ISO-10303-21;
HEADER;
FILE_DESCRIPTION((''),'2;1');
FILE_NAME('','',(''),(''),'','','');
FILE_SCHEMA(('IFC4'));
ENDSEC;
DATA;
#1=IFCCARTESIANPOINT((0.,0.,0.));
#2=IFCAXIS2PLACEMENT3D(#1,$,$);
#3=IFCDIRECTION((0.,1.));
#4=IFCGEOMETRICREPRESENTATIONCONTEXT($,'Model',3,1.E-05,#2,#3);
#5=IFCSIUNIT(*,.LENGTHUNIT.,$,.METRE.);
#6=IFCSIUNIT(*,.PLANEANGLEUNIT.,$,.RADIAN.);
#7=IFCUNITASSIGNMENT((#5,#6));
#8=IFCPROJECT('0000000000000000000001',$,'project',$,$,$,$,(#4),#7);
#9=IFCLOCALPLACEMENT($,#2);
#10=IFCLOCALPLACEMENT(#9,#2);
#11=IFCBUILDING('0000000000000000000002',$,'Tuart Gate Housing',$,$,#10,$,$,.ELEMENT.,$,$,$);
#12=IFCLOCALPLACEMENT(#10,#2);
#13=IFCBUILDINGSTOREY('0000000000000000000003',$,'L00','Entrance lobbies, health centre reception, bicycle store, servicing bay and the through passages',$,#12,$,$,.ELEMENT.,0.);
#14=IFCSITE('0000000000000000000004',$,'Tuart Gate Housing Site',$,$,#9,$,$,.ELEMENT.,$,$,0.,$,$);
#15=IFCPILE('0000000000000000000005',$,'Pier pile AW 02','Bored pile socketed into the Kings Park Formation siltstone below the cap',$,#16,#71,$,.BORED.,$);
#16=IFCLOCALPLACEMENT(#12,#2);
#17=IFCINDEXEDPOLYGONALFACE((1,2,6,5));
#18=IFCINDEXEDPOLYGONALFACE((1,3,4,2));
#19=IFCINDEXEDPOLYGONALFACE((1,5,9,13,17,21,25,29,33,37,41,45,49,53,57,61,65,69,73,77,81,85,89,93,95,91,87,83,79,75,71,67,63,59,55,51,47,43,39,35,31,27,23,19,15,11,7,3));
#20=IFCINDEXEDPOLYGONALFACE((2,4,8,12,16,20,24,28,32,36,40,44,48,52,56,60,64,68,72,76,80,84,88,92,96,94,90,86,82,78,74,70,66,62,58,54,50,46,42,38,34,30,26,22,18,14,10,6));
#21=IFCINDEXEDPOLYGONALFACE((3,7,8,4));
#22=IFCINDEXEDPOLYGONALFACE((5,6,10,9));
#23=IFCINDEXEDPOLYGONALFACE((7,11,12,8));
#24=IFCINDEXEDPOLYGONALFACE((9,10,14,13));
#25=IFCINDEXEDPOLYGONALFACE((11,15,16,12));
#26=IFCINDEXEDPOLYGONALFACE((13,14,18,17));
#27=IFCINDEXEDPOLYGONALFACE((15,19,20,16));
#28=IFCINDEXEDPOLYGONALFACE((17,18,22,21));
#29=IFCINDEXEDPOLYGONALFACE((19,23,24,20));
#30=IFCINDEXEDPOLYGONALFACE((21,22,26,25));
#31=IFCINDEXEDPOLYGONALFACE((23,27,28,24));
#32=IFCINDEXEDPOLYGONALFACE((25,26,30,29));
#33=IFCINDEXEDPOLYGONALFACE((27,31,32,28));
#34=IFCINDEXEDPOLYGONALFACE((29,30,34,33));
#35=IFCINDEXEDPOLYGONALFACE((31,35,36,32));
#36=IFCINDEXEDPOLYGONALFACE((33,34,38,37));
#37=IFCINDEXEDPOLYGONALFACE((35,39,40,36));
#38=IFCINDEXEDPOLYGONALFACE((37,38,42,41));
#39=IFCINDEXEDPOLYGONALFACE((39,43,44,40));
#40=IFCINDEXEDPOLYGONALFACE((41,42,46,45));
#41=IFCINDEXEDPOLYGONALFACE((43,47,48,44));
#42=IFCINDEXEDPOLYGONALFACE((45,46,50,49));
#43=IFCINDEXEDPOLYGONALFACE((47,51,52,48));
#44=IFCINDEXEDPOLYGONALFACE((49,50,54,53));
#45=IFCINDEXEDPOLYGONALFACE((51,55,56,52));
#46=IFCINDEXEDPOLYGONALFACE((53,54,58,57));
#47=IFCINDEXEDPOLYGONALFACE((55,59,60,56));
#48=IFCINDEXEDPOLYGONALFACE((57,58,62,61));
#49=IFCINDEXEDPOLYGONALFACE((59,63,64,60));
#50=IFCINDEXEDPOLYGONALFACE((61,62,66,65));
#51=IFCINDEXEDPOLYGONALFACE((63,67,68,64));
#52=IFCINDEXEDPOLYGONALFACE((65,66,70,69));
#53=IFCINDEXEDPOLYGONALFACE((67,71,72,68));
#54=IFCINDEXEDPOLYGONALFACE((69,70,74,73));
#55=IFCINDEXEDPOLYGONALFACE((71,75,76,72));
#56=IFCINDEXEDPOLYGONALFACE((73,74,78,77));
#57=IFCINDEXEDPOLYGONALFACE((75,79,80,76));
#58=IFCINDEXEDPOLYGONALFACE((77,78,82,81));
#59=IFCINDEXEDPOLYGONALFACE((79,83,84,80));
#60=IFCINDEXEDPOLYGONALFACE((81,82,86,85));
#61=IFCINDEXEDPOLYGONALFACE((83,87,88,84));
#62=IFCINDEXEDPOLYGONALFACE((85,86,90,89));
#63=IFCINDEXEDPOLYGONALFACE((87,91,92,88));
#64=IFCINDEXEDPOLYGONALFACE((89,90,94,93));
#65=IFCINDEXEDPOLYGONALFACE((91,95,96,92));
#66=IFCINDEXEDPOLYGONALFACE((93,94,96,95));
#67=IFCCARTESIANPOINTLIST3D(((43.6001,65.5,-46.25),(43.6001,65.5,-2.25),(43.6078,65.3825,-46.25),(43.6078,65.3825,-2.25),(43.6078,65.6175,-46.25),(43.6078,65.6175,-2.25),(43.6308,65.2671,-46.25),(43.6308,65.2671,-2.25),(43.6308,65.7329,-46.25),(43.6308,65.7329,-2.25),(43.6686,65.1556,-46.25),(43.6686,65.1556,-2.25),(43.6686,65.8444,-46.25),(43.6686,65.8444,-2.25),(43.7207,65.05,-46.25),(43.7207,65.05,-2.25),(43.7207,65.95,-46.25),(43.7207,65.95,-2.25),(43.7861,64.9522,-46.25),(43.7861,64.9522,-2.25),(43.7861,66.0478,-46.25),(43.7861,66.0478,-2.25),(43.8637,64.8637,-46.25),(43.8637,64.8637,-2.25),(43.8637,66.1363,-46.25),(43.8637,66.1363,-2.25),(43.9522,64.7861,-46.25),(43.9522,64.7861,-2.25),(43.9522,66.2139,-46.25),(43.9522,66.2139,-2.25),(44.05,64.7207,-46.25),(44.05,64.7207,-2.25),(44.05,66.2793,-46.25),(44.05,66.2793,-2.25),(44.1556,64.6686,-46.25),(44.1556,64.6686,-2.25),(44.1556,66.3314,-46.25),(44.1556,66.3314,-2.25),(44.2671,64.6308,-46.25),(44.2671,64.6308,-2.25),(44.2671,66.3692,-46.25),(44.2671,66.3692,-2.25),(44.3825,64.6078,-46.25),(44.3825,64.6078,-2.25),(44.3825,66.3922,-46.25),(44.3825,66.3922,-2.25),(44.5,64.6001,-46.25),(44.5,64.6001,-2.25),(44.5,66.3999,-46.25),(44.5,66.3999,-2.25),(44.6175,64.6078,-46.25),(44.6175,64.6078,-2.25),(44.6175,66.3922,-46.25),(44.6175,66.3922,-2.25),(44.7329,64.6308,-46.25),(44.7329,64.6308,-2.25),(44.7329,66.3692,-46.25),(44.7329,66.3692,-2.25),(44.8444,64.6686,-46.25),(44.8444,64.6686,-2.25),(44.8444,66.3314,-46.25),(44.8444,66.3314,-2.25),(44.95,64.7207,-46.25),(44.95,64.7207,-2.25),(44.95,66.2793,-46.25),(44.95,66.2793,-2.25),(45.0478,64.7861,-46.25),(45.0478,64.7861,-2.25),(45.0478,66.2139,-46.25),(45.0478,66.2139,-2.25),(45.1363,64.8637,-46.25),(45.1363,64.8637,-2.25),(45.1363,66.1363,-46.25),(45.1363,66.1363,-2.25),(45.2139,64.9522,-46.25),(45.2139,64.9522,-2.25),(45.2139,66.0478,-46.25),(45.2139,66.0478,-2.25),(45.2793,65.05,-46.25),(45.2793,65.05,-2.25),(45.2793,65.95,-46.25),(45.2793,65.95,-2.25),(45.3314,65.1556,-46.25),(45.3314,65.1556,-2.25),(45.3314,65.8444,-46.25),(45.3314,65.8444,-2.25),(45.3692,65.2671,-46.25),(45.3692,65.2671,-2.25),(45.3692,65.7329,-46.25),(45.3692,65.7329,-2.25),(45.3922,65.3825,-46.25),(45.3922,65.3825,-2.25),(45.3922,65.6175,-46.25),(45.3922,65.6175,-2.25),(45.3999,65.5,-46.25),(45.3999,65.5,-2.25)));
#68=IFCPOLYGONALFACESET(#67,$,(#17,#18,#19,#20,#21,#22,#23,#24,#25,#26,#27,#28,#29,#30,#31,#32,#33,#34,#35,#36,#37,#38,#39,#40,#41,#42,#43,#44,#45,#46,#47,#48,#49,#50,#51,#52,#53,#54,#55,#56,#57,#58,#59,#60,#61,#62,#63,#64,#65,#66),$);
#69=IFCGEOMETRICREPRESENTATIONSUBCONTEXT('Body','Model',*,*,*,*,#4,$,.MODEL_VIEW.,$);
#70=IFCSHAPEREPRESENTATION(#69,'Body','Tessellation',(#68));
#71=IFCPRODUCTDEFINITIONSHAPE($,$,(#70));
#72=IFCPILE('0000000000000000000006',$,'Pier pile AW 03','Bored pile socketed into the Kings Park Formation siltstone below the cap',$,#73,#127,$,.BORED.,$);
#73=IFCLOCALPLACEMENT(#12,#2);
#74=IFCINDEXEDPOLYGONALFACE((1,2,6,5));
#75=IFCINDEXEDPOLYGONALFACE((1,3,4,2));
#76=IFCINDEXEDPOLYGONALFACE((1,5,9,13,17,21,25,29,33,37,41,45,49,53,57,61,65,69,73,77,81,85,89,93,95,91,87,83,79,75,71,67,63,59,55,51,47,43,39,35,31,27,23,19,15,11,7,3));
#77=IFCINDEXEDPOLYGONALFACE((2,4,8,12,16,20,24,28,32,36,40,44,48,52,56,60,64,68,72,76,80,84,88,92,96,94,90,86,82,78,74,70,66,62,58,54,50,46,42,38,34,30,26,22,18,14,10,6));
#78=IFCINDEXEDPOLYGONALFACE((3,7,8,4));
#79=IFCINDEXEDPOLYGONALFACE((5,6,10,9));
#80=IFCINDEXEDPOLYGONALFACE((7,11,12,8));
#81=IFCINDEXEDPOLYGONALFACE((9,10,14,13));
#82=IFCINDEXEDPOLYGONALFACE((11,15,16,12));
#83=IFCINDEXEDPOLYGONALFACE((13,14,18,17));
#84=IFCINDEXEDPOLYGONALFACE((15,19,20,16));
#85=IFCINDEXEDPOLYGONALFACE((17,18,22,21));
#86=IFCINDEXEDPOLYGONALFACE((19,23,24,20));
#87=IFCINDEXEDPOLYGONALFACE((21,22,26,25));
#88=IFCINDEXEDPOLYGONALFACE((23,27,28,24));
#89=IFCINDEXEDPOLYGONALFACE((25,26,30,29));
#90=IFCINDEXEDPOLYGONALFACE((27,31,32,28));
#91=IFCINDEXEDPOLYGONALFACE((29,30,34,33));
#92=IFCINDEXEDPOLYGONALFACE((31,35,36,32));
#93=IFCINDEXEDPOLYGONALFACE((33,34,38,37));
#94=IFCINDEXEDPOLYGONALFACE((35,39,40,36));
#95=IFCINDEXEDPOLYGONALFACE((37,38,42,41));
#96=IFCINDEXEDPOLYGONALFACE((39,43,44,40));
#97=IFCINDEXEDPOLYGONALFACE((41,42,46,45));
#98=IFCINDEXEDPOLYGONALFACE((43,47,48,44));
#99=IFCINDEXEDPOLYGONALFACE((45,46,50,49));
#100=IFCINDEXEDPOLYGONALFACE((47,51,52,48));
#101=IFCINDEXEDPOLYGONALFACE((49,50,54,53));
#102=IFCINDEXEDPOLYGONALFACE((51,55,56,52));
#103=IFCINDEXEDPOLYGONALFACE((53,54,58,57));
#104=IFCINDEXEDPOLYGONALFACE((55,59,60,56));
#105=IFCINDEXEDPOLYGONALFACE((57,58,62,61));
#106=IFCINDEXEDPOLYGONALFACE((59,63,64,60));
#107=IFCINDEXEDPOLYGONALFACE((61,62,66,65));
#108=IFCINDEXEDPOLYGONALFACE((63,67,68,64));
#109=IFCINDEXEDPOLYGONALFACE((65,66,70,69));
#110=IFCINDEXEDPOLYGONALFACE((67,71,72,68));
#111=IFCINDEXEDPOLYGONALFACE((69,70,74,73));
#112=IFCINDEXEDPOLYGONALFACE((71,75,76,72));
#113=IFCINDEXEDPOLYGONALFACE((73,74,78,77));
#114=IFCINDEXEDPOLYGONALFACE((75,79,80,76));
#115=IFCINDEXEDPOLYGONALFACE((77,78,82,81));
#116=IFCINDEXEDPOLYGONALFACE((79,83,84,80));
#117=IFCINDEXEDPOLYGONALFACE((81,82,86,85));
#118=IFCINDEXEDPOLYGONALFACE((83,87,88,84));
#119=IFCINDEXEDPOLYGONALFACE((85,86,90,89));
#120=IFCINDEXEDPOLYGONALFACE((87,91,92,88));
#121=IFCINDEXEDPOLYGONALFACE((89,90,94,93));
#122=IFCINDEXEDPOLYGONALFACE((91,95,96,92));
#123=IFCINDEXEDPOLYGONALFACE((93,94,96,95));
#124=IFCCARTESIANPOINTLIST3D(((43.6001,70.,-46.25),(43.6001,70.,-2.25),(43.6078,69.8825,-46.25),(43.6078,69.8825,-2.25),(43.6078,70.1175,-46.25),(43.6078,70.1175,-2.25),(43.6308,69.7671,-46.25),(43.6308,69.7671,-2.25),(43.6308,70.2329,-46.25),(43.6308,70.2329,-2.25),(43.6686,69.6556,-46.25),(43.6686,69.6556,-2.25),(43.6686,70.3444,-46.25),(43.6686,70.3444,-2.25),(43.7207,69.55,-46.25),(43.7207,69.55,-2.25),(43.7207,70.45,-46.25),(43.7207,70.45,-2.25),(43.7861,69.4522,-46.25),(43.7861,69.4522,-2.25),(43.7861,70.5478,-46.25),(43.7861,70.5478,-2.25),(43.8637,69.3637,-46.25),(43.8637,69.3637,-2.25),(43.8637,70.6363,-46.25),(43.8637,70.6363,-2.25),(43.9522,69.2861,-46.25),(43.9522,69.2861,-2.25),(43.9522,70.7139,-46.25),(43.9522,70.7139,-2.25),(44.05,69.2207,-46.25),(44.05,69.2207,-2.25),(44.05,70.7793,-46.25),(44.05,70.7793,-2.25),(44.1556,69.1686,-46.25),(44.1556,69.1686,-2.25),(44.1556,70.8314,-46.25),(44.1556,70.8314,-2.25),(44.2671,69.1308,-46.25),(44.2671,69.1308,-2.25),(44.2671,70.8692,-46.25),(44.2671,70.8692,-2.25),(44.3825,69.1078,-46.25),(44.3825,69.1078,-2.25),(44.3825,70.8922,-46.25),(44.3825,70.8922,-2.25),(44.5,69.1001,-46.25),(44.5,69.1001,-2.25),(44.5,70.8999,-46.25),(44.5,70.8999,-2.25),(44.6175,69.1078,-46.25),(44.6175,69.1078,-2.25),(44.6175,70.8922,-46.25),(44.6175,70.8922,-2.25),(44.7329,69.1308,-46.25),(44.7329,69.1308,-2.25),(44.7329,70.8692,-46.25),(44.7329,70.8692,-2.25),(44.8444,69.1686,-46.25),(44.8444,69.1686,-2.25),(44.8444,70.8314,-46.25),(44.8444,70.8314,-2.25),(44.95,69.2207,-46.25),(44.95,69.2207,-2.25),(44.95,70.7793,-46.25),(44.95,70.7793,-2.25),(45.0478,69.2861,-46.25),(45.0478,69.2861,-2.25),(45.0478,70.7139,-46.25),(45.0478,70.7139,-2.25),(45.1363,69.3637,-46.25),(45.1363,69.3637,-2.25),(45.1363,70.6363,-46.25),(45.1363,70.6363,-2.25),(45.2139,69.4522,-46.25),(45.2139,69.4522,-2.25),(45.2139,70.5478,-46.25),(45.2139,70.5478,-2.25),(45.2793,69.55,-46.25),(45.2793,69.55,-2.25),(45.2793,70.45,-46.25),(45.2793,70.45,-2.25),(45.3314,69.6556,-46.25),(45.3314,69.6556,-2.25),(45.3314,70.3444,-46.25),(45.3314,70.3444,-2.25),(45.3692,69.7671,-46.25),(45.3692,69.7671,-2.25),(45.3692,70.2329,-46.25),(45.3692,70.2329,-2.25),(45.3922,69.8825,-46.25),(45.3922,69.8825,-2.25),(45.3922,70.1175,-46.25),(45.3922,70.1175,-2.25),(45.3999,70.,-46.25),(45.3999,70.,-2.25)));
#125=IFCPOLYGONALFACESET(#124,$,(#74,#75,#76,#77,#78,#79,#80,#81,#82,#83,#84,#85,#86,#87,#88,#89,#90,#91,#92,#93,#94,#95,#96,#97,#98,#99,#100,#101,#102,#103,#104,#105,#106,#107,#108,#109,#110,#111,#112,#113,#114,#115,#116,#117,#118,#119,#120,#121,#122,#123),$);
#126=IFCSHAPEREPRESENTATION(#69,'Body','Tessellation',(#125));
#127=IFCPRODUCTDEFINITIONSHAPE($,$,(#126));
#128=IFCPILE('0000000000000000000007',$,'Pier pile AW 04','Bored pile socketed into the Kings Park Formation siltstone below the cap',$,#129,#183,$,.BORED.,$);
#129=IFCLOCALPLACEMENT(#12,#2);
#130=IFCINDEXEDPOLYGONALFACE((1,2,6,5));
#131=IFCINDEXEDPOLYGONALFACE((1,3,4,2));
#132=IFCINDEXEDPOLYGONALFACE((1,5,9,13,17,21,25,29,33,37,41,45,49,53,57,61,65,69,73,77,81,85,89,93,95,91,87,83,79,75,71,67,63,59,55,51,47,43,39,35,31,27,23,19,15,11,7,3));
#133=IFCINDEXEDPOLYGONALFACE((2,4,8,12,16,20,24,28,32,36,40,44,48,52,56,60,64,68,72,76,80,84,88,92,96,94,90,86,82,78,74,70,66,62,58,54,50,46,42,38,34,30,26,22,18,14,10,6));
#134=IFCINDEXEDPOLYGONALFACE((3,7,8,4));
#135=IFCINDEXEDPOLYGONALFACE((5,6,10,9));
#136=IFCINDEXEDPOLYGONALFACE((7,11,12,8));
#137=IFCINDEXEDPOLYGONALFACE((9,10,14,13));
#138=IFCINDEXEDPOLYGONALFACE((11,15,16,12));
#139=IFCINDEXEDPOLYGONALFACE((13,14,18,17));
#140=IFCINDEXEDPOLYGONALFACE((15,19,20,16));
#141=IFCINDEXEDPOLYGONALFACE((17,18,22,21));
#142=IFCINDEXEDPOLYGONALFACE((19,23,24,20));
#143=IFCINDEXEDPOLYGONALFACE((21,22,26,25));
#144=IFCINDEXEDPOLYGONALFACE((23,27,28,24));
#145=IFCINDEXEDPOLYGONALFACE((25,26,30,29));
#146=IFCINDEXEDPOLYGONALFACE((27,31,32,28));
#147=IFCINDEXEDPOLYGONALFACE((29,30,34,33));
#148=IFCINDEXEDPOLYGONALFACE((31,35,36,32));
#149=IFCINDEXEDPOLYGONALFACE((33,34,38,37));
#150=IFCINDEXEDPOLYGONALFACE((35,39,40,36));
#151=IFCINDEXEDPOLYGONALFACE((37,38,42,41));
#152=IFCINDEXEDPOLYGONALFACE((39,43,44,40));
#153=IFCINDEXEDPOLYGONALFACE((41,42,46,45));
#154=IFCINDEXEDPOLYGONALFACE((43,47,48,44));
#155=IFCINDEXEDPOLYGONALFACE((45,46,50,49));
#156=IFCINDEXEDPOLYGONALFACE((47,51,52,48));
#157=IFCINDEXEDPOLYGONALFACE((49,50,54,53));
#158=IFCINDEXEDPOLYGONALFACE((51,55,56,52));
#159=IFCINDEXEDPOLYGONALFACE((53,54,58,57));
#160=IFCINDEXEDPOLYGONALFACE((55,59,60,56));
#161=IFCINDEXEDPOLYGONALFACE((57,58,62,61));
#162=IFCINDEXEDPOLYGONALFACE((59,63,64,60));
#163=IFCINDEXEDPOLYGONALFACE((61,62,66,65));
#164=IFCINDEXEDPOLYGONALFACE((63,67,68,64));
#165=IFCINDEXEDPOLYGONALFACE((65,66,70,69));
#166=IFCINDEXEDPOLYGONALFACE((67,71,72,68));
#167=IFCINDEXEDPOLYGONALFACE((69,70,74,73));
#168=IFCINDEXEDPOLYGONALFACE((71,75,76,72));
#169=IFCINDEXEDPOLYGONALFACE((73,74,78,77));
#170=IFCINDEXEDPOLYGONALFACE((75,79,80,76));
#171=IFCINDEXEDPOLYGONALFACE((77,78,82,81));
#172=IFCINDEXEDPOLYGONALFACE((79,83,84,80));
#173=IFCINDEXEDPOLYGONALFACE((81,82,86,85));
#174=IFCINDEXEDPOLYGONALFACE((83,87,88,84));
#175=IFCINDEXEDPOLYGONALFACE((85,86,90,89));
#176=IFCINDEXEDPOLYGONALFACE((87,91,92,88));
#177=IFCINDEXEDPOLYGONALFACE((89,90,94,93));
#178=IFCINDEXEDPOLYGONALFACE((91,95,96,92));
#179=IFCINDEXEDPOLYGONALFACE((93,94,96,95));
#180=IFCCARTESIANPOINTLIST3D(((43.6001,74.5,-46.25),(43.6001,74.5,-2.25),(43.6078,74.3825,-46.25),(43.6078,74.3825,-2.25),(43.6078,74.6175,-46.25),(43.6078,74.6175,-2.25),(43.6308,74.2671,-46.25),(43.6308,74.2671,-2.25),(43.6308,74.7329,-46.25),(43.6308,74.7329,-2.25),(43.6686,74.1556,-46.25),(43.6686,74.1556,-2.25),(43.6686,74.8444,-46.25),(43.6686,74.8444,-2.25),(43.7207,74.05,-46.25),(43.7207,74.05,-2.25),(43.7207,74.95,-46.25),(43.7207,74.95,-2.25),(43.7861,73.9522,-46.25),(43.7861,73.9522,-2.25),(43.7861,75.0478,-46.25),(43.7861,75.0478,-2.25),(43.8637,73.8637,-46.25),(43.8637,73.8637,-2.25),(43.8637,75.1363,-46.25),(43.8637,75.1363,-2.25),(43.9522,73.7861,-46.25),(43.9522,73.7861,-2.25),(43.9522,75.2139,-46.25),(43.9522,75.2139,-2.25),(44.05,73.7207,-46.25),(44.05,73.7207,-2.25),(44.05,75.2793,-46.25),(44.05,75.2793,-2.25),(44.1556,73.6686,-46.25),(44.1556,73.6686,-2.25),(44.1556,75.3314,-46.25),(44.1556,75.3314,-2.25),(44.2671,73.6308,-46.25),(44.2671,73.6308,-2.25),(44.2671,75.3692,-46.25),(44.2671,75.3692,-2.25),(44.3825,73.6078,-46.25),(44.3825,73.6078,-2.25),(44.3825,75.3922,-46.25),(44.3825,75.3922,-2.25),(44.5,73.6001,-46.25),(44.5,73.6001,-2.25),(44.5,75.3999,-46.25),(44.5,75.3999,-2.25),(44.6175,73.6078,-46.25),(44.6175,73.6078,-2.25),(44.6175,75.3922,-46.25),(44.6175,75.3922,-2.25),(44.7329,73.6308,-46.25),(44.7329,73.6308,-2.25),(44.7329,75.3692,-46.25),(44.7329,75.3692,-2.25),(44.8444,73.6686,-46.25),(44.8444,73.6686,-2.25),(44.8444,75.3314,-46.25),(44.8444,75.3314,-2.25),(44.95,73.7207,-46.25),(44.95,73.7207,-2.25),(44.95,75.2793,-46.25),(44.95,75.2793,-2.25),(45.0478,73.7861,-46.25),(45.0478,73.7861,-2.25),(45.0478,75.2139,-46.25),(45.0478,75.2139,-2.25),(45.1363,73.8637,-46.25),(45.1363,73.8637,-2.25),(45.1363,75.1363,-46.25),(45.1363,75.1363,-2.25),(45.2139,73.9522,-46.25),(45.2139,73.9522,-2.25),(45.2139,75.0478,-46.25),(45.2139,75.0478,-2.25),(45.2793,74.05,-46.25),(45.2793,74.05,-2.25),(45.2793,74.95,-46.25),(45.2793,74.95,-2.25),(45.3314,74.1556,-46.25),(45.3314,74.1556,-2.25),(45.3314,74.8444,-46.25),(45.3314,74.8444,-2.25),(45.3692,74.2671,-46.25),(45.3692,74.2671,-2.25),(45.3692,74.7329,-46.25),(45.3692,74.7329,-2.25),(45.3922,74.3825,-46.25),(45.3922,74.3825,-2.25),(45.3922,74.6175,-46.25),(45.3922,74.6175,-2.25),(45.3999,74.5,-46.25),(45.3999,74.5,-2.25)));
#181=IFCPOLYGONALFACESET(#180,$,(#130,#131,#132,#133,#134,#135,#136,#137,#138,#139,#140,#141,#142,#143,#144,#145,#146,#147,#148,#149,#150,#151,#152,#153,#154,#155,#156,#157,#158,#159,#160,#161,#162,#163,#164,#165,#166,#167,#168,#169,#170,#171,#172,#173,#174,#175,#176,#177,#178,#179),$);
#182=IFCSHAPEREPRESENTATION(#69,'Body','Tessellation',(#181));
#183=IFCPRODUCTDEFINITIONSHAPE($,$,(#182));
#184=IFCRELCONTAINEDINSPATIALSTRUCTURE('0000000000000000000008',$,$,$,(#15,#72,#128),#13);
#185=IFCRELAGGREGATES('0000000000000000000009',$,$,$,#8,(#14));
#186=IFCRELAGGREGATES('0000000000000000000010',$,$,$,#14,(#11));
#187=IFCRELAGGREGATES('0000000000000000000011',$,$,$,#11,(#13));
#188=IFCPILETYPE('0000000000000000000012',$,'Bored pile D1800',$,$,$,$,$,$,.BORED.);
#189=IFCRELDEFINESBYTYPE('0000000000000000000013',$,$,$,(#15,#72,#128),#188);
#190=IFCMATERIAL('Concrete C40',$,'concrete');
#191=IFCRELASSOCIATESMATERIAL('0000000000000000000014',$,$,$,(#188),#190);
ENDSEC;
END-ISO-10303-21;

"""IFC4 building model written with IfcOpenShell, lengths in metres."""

from ifc_helpers import new_model, si_unit, direction, frame, origin, origin_2d, place, context, subcontext, project, spatial, circle, extrude, material, material_profile, profile_set, type_object, element, save


model = new_model("IFC4")

# Units and contexts
model_context = context("Model", 3, precision=1e-05, world=origin(), true_north=direction((0.0, 1.0)))
body_context = subcontext(model_context, "Body", "Model", "MODEL_VIEW")
ifc_project = project(units=[si_unit("LENGTHUNIT", "METRE"), si_unit("PLANEANGLEUNIT", "RADIAN")], contexts=[model_context])

# Site, building, storey
site_placement = place(None, origin())
site = spatial("IfcSite", under=ifc_project, at=site_placement, Name="Tuart Gate Housing Site", CompositionType="ELEMENT", RefElevation=0.0)
building_placement = place(site_placement, origin())
building = spatial("IfcBuilding", under=site, at=building_placement, Name="Tuart Gate Housing", CompositionType="ELEMENT")
storey_placement = place(building_placement, origin())
storey = spatial("IfcBuildingStorey", under=building, at=storey_placement, Name="L00", Description="Entrance lobbies, health centre reception, bicycle store, servicing bay and the through passages", CompositionType="ELEMENT", Elevation=0.0)

# Piles
ifc_material_1 = material(Name="Concrete C40", Category="concrete")
ifc_material_profile_1 = material_profile(ifc_material_1, circle(Radius=0.8999, at=origin_2d()), Name="Bored pile D1800")
ifc_profile_set_1 = profile_set([ifc_material_profile_1], Name="Concrete C40")
pile_type_1 = type_object("IfcPileType", Name="Bored pile D1800", PredefinedType="BORED", material=ifc_profile_set_1)
for number, where, z_axis, x_axis, name in (
    (1, (44.5, 65.5, -2.25), (0.0, 0.0, -1.0), (1.0, 0.0, 0.0), "Pier pile AW 02"),
    (2, (44.5, 70.0, -2.25), (0.0, 0.0, -1.0), (1.0, 0.0, 0.0), "Pier pile AW 03"),
    (3, (44.5, 74.5, -2.25), (0.0, 0.0, -1.0), (1.0, 0.0, 0.0), "Pier pile AW 04"),
):
    element("IfcPile", number, at=place(storey_placement, frame(where, z_axis=z_axis, x_axis=x_axis)), inside=storey, type_object=pile_type_1, Name=name, Description="Bored pile socketed into the Kings Park Formation siltstone below the cap", PredefinedType="BORED", context=body_context, shape_type="SweptSolid", body=[
        extrude(circle(Radius=0.8999, at=origin_2d()), origin(), (0.0, 0.0, 1.0), 44.0),
    ])

save(model, "model.ifc")
